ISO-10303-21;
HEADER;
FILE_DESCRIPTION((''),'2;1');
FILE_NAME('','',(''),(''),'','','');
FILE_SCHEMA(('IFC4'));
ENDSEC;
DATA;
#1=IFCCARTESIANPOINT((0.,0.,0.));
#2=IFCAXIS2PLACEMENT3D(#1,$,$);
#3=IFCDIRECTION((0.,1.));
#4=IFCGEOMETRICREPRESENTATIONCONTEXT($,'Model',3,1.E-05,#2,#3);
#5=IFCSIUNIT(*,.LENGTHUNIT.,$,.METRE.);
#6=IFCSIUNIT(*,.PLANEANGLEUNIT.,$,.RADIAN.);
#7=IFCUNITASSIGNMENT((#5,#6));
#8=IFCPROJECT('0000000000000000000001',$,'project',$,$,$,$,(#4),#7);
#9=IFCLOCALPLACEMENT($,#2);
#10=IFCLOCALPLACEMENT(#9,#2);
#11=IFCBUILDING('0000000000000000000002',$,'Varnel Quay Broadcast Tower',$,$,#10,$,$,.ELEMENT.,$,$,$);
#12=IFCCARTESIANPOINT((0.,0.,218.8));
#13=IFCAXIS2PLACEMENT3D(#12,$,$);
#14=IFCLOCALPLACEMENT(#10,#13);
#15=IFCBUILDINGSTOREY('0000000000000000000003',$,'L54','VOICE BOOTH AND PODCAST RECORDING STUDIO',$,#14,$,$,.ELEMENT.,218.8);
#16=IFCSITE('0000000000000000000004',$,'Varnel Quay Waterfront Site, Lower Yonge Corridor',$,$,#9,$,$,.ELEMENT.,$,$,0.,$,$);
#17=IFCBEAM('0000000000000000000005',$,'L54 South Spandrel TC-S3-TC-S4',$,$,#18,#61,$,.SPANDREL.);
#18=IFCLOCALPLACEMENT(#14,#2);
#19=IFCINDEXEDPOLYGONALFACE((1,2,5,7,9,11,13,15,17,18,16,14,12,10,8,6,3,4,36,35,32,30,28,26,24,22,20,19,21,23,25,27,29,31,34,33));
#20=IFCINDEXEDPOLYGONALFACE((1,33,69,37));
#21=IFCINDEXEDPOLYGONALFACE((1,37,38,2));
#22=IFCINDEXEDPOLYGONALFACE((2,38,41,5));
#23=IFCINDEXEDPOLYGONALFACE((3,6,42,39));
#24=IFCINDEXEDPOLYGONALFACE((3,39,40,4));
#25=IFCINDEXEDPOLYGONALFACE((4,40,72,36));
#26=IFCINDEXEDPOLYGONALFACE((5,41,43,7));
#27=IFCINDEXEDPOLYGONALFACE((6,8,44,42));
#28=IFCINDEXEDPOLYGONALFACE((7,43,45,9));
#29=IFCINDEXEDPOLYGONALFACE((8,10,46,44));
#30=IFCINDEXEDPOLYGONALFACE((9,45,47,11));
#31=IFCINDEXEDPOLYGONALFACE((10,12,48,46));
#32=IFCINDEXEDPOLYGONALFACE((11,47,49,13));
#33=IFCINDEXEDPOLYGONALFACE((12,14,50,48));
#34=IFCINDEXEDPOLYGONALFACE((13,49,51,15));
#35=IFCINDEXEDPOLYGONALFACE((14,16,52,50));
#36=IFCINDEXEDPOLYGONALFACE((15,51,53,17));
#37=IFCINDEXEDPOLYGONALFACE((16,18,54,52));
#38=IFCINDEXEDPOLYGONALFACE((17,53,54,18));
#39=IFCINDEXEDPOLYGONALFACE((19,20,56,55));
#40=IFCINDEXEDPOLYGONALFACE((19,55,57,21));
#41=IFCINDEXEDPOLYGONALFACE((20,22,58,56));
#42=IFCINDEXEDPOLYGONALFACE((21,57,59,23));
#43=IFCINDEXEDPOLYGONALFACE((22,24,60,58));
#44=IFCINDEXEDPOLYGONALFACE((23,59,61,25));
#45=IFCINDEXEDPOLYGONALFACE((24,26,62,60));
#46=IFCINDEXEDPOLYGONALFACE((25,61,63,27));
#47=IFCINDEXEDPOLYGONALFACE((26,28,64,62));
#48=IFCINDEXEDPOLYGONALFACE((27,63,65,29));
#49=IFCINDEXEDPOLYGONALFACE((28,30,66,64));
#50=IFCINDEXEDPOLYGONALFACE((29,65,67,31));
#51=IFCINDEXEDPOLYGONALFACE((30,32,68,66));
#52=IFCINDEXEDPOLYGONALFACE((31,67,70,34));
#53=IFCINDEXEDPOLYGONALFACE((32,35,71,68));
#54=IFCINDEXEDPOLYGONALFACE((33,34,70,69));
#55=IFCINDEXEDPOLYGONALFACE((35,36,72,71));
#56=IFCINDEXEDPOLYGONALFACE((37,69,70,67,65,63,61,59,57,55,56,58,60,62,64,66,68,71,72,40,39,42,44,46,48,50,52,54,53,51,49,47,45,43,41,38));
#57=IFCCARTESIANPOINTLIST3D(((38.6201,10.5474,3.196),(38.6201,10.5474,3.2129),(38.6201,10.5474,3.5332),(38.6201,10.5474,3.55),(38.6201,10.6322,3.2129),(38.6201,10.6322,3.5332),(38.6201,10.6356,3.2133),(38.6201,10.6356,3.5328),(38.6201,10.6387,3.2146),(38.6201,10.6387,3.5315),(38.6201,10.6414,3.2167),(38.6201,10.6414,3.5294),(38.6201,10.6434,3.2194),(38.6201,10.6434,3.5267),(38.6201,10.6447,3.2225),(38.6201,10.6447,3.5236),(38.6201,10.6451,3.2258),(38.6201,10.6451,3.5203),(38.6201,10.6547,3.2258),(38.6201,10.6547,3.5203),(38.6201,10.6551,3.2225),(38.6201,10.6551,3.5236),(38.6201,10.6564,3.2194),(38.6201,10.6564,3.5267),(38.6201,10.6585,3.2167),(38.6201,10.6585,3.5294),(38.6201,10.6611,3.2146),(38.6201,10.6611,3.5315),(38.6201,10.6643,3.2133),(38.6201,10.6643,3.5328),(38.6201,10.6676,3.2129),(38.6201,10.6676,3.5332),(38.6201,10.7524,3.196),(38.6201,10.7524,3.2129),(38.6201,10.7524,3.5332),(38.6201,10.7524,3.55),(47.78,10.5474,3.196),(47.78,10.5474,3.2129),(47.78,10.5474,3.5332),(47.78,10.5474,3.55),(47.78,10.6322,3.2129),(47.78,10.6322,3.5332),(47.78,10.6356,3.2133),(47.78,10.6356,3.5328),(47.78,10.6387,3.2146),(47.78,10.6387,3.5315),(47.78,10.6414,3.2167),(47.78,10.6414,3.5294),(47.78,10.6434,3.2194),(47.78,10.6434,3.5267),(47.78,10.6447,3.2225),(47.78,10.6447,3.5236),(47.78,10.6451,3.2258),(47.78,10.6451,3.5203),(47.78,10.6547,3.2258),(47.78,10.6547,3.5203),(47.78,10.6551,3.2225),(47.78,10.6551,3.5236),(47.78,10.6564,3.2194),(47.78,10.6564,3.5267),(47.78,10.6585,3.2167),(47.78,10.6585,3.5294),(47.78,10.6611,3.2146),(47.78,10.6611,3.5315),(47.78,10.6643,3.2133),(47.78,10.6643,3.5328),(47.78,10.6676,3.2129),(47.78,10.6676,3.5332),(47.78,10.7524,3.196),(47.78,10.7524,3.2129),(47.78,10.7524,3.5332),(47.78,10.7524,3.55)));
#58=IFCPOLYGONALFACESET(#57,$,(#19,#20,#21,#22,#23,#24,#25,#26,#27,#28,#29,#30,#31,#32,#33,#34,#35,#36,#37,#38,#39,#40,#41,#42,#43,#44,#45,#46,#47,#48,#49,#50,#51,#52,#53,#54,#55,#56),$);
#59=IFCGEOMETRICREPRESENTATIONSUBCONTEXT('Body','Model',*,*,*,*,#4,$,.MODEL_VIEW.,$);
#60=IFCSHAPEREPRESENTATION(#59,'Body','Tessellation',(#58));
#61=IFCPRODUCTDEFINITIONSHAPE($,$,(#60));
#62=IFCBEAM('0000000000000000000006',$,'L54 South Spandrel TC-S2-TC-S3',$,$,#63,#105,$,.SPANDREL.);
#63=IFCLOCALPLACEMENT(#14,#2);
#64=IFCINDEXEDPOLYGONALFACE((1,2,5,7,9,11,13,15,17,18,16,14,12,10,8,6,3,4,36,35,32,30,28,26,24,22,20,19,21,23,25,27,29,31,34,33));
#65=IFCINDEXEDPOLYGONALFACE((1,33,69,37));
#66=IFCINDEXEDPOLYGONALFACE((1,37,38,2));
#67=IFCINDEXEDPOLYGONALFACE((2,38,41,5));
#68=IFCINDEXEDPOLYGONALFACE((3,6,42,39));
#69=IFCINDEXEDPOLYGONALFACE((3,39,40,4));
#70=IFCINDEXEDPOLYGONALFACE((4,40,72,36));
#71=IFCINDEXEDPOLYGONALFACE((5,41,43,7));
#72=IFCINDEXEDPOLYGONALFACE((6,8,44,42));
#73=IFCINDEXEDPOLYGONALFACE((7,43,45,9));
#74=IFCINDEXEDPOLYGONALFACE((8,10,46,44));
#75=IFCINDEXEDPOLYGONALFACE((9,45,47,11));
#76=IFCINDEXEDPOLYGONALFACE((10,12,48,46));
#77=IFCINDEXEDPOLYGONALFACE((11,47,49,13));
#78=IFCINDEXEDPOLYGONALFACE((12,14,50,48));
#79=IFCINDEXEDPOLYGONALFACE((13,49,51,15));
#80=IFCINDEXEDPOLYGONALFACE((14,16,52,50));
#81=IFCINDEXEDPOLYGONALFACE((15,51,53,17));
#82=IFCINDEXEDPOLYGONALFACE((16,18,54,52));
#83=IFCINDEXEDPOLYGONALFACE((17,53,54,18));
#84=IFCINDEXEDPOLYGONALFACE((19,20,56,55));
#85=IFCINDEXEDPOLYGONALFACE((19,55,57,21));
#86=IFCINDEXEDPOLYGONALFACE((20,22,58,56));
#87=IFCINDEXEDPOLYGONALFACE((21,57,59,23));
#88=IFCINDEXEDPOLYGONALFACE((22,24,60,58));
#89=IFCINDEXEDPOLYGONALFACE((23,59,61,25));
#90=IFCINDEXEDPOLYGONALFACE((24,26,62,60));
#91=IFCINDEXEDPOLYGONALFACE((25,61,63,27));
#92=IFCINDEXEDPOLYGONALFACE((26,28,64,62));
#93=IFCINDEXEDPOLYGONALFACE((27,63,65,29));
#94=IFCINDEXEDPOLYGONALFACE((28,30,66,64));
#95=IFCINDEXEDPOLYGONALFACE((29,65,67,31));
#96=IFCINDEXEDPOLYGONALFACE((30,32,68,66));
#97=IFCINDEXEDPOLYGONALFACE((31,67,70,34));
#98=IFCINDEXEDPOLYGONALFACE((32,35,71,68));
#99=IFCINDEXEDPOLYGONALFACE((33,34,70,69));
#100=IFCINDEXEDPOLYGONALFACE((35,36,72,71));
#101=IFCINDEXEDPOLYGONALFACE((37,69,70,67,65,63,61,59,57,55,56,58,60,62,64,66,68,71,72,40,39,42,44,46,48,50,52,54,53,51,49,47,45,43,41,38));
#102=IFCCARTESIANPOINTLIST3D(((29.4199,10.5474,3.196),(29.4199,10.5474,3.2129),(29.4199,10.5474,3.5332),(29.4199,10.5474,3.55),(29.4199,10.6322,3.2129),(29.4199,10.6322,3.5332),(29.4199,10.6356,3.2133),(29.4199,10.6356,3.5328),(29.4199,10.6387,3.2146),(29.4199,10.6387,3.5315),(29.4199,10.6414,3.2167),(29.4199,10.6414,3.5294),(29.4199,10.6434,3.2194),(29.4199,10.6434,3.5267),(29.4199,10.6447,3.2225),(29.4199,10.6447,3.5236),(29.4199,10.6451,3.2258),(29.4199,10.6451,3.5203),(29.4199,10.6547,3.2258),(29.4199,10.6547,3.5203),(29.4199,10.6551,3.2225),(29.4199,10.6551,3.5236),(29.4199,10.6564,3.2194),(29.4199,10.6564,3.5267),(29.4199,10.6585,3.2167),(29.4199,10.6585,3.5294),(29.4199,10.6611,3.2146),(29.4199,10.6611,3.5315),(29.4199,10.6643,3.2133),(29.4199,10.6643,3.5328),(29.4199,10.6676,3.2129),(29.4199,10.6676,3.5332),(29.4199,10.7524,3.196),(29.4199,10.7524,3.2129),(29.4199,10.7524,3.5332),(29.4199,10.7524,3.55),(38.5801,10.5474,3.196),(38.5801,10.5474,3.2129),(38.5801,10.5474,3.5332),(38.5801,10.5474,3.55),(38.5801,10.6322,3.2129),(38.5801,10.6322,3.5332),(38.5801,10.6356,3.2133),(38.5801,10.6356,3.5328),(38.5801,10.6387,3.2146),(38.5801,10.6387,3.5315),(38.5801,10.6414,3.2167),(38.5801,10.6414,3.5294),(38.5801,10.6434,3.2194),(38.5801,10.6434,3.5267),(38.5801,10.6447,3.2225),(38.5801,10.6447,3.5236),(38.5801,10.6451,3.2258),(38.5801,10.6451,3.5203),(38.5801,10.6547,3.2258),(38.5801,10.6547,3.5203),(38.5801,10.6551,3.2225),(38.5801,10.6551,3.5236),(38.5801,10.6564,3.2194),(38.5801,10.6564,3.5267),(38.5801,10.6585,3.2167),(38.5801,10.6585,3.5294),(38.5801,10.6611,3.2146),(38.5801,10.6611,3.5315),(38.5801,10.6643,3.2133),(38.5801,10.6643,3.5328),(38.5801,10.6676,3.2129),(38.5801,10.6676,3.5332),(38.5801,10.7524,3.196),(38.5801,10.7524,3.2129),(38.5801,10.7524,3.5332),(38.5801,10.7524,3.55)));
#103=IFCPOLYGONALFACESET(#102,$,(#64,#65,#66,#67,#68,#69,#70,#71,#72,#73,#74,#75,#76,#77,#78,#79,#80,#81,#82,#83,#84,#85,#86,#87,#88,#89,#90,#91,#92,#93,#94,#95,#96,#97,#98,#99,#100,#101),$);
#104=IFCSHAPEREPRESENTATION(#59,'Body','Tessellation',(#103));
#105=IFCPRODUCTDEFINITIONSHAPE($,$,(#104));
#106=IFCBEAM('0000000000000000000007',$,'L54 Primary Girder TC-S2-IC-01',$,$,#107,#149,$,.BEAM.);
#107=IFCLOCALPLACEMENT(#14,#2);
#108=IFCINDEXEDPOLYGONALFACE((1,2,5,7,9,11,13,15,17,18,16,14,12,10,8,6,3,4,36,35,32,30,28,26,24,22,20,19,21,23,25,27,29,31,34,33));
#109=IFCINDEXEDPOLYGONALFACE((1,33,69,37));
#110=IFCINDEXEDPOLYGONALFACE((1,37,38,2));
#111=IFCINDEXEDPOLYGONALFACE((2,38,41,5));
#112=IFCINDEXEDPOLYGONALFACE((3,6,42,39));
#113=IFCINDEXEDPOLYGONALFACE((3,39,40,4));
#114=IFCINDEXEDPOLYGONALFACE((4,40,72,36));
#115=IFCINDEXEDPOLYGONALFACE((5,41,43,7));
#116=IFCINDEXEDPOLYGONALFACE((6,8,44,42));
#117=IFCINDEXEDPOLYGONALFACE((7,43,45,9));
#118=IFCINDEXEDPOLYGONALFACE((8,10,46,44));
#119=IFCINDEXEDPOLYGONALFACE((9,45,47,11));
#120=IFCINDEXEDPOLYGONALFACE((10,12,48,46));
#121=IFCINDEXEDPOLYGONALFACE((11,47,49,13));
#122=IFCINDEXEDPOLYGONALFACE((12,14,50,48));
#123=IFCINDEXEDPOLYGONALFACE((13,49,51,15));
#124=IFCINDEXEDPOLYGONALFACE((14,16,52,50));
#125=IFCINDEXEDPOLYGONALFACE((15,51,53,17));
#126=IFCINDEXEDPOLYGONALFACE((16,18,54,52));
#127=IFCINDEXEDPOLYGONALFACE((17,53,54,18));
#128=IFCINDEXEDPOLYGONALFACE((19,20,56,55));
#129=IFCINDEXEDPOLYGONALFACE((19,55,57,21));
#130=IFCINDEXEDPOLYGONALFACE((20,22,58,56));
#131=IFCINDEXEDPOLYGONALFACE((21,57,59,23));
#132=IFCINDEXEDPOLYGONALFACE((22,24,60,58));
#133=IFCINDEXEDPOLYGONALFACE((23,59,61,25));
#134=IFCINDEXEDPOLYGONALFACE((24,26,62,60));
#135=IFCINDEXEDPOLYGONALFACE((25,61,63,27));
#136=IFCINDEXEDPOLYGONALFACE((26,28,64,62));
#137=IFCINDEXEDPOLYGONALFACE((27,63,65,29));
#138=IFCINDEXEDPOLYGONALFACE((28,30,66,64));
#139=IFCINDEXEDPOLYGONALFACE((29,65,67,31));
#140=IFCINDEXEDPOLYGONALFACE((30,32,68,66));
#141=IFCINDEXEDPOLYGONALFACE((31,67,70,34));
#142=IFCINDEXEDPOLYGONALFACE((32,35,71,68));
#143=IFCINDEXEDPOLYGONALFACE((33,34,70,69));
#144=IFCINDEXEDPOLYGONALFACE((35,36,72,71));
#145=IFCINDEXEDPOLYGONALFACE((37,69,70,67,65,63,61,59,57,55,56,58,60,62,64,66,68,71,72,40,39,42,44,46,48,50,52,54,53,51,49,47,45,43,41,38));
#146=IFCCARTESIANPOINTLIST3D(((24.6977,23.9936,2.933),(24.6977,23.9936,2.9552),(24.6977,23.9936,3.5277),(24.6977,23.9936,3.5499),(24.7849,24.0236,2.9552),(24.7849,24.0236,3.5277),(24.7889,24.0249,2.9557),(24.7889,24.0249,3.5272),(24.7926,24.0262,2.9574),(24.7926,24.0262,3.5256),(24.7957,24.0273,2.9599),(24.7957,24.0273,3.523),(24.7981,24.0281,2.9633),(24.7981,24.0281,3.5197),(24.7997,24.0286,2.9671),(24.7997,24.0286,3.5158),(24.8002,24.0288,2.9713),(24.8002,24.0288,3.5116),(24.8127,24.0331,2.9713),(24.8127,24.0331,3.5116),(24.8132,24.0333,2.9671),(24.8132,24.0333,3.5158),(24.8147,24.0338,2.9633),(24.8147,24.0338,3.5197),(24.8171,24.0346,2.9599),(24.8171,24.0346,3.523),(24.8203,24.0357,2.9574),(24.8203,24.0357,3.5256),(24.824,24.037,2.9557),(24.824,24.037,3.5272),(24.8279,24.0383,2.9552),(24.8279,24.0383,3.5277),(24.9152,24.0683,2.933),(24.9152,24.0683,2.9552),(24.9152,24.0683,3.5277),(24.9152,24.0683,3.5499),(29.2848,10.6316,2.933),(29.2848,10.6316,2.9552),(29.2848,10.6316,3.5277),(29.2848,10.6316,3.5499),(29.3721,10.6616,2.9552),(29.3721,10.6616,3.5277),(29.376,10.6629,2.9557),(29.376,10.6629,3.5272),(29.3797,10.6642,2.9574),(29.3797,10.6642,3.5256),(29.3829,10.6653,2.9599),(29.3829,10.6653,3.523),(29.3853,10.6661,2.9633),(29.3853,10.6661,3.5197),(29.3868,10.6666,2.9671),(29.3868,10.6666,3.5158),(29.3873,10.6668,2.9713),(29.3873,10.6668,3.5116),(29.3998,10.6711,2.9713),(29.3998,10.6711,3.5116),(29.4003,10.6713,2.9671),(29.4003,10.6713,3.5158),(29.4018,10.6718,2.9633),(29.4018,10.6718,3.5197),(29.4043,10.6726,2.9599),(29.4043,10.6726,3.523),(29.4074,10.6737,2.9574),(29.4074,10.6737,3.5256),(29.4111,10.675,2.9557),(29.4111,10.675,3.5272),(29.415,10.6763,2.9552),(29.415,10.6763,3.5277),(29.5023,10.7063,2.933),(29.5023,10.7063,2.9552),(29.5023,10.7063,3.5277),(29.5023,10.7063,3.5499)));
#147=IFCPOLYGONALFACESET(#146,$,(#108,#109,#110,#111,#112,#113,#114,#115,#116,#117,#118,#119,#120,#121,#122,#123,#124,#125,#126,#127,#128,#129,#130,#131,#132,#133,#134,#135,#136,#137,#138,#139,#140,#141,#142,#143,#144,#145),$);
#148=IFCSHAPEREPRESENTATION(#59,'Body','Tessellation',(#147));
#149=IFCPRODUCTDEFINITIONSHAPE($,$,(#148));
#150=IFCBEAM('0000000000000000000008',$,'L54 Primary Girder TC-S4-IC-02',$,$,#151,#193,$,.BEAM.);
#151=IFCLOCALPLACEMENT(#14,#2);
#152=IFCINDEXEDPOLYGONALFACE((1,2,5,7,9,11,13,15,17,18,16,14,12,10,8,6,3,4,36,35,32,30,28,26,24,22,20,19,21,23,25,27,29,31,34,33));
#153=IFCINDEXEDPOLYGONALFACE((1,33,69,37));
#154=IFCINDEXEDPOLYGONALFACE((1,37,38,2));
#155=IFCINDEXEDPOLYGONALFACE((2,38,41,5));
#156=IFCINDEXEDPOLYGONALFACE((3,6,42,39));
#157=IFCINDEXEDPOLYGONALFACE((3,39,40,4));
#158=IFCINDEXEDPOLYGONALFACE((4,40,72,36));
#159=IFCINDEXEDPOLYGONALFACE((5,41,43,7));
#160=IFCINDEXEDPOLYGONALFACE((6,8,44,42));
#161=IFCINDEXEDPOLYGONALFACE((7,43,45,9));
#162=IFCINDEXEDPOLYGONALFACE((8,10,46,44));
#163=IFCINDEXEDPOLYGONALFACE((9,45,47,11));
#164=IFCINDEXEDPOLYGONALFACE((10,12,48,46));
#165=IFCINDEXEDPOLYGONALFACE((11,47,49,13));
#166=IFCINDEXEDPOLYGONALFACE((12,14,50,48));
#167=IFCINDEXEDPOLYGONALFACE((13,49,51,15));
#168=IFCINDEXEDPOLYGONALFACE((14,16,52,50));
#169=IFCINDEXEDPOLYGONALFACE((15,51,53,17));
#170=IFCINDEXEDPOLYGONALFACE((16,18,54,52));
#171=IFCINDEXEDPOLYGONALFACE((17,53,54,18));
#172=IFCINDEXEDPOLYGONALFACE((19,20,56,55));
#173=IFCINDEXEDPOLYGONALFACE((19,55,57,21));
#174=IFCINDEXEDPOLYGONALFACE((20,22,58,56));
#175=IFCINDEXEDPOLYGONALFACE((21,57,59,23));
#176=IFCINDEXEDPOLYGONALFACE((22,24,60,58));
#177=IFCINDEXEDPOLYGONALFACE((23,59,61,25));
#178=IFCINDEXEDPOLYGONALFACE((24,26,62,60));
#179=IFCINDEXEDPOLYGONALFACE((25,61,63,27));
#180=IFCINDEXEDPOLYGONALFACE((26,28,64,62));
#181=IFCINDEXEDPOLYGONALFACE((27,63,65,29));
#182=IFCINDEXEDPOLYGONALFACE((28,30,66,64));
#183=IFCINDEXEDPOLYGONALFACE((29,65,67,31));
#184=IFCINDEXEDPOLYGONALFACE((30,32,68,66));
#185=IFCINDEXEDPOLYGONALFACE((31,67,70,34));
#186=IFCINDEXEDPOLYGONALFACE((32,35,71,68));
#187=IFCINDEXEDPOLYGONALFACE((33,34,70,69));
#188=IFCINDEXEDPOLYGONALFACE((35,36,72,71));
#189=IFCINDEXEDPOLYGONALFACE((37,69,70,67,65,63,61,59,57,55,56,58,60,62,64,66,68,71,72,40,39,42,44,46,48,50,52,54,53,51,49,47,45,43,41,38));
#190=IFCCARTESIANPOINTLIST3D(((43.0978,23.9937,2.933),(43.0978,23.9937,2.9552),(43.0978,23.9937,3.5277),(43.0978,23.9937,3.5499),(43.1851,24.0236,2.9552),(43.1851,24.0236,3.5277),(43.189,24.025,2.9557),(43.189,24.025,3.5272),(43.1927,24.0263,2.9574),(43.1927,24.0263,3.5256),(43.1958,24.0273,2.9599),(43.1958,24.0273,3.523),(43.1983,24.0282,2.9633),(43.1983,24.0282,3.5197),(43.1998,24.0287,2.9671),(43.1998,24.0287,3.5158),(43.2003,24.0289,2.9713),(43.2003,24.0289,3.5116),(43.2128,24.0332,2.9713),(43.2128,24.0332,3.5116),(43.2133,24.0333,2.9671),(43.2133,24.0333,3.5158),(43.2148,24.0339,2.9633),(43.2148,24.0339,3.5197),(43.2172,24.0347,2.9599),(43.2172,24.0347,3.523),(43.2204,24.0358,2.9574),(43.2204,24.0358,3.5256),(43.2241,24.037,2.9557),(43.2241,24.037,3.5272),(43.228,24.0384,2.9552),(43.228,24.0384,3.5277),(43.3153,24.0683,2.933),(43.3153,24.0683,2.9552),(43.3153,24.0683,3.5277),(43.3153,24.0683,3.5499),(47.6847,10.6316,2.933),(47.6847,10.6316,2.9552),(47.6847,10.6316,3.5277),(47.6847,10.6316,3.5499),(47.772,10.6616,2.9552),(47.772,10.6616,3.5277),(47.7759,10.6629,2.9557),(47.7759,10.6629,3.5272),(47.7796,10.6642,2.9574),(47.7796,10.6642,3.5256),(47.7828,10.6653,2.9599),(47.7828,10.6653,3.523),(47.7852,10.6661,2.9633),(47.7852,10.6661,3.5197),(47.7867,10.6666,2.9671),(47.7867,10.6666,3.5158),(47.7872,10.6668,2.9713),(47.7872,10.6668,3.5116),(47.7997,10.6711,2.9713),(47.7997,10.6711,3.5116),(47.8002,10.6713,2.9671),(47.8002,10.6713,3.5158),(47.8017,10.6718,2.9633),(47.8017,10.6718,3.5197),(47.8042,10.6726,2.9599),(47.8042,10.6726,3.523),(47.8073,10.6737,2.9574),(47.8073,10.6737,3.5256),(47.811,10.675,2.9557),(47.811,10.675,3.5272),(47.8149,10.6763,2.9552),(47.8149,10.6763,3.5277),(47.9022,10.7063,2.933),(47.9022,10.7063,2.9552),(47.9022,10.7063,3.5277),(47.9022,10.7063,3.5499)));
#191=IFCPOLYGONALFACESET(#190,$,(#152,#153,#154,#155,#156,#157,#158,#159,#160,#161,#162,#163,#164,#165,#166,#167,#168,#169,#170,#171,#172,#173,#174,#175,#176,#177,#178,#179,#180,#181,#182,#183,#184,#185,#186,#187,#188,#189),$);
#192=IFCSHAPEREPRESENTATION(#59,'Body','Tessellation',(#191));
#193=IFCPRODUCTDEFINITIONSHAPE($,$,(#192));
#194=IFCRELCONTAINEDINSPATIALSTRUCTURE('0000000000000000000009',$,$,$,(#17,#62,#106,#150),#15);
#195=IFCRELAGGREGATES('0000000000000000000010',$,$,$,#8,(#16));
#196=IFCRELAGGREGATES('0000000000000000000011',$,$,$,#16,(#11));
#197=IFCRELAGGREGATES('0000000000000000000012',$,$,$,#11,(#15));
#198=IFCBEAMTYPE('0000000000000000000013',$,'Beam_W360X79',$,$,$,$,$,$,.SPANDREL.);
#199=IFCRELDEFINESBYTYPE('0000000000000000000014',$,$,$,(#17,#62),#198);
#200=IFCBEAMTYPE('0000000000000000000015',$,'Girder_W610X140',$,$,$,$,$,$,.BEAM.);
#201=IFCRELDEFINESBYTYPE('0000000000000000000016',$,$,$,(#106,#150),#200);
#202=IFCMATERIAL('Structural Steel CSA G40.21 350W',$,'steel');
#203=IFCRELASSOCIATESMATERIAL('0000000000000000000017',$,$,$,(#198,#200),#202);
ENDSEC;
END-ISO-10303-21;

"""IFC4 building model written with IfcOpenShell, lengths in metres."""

from ifc_helpers import new_model, si_unit, direction, frame, origin, origin_2d, place, context, subcontext, project, spatial, i_section, extrude, source, transform, mapped, material, material_profile, profile_set, type_object, type_shapes, element, save


model = new_model("IFC4")

# Units and contexts
model_context = context("Model", 3, precision=1e-05, world=origin(), true_north=direction((0.0, 1.0)))
body_context = subcontext(model_context, "Body", "Model", "MODEL_VIEW")
ifc_project = project(units=[si_unit("LENGTHUNIT", "METRE"), si_unit("PLANEANGLEUNIT", "RADIAN")], contexts=[model_context])

# Site, building, storey
site_placement = place(None, origin())
site = spatial("IfcSite", under=ifc_project, at=site_placement, Name="Varnel Quay Waterfront Site, Lower Yonge Corridor", CompositionType="ELEMENT", RefElevation=0.0)
building_placement = place(site_placement, origin())
building = spatial("IfcBuilding", under=site, at=building_placement, Name="Varnel Quay Broadcast Tower", CompositionType="ELEMENT")
storey_placement = place(building_placement, frame((0.0, 0.0, 218.8)))
storey = spatial("IfcBuildingStorey", under=building, at=storey_placement, Name="L54", Description="VOICE BOOTH AND PODCAST RECORDING STUDIO", CompositionType="ELEMENT", Elevation=218.8)

# Shared definitions
ifc_material_1 = material(Name="Structural Steel CSA G40.21 350W", Category="steel")

# Beams
ifc_material_profile_1 = material_profile(ifc_material_1, i_section(OverallWidth=0.2051, OverallDepth=0.354, WebThickness=0.0095, FlangeThickness=0.0168, FilletRadius=0.0129, at=origin_2d()), Name="W360X79")
ifc_profile_set_1 = profile_set([ifc_material_profile_1], Name="Structural Steel CSA G40.21 350W")
beam_type_1 = type_object("IfcBeamType", Name="Beam_W360X79", PredefinedType="SPANDREL", material=ifc_profile_set_1)
shared_shape_1 = source(origin(), body_context, "Body", "SweptSolid", [
    extrude(i_section(OverallWidth=0.2051, OverallDepth=0.354, WebThickness=0.0095, FlangeThickness=0.0168, FilletRadius=0.0129, at=origin_2d()), origin(), (0.0, 0.0, 1.0), 9.1599),
])
beam_1_placement = place(storey_placement, frame((38.6201, 10.6499, 3.373), z_axis=(1.0, 0.0, 0.0), x_axis=(0.0, 1.0, 0.0)))
element("IfcBeam", 1, at=beam_1_placement, inside=storey, type_object=beam_type_1, Name="L54 South Spandrel TC-S3-TC-S4", PredefinedType="SPANDREL", context=body_context, shape_type="MappedRepresentation", body=[
    mapped(shared_shape_1, transform((0.0, 0.0, 0.0), x_axis=(1.0, 0.0, 0.0), y_axis=(0.0, 1.0, 0.0), z_axis=(0.0, 0.0, 1.0), scale=1.0)),
])
shared_shape_2 = source(origin(), body_context, "Body", "SweptSolid", [
    extrude(i_section(OverallWidth=0.2051, OverallDepth=0.354, WebThickness=0.0095, FlangeThickness=0.0168, FilletRadius=0.0129, at=origin_2d()), origin(), (0.0, 0.0, 1.0), 9.1602),
])
type_shapes(beam_type_1, [shared_shape_1, shared_shape_2])
beam_2_placement = place(storey_placement, frame((29.4199, 10.6499, 3.373), z_axis=(1.0, 0.0, 0.0), x_axis=(0.0, 1.0, 0.0)))
element("IfcBeam", 2, at=beam_2_placement, inside=storey, type_object=beam_type_1, Name="L54 South Spandrel TC-S2-TC-S3", PredefinedType="SPANDREL", context=body_context, shape_type="MappedRepresentation", body=[
    mapped(shared_shape_2, transform((0.0, 0.0, 0.0), x_axis=(1.0, 0.0, 0.0), y_axis=(0.0, 1.0, 0.0), z_axis=(0.0, 0.0, 1.0), scale=1.0)),
])
ifc_material_profile_2 = material_profile(ifc_material_1, i_section(OverallWidth=0.23, OverallDepth=0.6169, WebThickness=0.0132, FlangeThickness=0.0222, FilletRadius=0.0161, at=origin_2d()), Name="W610X140")
ifc_profile_set_2 = profile_set([ifc_material_profile_2], Name="Structural Steel CSA G40.21 350W")
beam_type_2 = type_object("IfcBeamType", Name="Girder_W610X140", PredefinedType="BEAM", material=ifc_profile_set_2)
shared_shape_3 = source(origin(), body_context, "Body", "SweptSolid", [
    extrude(i_section(OverallWidth=0.23, OverallDepth=0.6169, WebThickness=0.0132, FlangeThickness=0.0222, FilletRadius=0.0161, at=origin_2d()), origin(), (0.0, 0.0, 1.0), 14.1274),
])
for number, where, z_axis, x_axis, name in (
    (3, (29.3936, 10.6689, 3.2415), (-0.324697, 0.945818, 0.0), (-0.945818, -0.324697, 0.0), "L54 Primary Girder TC-S2-IC-01"),
    (4, (47.7935, 10.6689, 3.2415), (-0.324681, 0.945823, 0.0), (-0.945823, -0.324681, 0.0), "L54 Primary Girder TC-S4-IC-02"),
):
    element("IfcBeam", number, at=place(storey_placement, frame(where, z_axis=z_axis, x_axis=x_axis)), inside=storey, type_object=beam_type_2, Name=name, PredefinedType="BEAM", context=body_context, shape_type="MappedRepresentation", body=[
        mapped(shared_shape_3, transform((0.0, 0.0, 0.0), x_axis=(1.0, 0.0, 0.0), y_axis=(0.0, 1.0, 0.0), z_axis=(0.0, 0.0, 1.0), scale=1.0)),
    ])

save(model, "model.ifc")
